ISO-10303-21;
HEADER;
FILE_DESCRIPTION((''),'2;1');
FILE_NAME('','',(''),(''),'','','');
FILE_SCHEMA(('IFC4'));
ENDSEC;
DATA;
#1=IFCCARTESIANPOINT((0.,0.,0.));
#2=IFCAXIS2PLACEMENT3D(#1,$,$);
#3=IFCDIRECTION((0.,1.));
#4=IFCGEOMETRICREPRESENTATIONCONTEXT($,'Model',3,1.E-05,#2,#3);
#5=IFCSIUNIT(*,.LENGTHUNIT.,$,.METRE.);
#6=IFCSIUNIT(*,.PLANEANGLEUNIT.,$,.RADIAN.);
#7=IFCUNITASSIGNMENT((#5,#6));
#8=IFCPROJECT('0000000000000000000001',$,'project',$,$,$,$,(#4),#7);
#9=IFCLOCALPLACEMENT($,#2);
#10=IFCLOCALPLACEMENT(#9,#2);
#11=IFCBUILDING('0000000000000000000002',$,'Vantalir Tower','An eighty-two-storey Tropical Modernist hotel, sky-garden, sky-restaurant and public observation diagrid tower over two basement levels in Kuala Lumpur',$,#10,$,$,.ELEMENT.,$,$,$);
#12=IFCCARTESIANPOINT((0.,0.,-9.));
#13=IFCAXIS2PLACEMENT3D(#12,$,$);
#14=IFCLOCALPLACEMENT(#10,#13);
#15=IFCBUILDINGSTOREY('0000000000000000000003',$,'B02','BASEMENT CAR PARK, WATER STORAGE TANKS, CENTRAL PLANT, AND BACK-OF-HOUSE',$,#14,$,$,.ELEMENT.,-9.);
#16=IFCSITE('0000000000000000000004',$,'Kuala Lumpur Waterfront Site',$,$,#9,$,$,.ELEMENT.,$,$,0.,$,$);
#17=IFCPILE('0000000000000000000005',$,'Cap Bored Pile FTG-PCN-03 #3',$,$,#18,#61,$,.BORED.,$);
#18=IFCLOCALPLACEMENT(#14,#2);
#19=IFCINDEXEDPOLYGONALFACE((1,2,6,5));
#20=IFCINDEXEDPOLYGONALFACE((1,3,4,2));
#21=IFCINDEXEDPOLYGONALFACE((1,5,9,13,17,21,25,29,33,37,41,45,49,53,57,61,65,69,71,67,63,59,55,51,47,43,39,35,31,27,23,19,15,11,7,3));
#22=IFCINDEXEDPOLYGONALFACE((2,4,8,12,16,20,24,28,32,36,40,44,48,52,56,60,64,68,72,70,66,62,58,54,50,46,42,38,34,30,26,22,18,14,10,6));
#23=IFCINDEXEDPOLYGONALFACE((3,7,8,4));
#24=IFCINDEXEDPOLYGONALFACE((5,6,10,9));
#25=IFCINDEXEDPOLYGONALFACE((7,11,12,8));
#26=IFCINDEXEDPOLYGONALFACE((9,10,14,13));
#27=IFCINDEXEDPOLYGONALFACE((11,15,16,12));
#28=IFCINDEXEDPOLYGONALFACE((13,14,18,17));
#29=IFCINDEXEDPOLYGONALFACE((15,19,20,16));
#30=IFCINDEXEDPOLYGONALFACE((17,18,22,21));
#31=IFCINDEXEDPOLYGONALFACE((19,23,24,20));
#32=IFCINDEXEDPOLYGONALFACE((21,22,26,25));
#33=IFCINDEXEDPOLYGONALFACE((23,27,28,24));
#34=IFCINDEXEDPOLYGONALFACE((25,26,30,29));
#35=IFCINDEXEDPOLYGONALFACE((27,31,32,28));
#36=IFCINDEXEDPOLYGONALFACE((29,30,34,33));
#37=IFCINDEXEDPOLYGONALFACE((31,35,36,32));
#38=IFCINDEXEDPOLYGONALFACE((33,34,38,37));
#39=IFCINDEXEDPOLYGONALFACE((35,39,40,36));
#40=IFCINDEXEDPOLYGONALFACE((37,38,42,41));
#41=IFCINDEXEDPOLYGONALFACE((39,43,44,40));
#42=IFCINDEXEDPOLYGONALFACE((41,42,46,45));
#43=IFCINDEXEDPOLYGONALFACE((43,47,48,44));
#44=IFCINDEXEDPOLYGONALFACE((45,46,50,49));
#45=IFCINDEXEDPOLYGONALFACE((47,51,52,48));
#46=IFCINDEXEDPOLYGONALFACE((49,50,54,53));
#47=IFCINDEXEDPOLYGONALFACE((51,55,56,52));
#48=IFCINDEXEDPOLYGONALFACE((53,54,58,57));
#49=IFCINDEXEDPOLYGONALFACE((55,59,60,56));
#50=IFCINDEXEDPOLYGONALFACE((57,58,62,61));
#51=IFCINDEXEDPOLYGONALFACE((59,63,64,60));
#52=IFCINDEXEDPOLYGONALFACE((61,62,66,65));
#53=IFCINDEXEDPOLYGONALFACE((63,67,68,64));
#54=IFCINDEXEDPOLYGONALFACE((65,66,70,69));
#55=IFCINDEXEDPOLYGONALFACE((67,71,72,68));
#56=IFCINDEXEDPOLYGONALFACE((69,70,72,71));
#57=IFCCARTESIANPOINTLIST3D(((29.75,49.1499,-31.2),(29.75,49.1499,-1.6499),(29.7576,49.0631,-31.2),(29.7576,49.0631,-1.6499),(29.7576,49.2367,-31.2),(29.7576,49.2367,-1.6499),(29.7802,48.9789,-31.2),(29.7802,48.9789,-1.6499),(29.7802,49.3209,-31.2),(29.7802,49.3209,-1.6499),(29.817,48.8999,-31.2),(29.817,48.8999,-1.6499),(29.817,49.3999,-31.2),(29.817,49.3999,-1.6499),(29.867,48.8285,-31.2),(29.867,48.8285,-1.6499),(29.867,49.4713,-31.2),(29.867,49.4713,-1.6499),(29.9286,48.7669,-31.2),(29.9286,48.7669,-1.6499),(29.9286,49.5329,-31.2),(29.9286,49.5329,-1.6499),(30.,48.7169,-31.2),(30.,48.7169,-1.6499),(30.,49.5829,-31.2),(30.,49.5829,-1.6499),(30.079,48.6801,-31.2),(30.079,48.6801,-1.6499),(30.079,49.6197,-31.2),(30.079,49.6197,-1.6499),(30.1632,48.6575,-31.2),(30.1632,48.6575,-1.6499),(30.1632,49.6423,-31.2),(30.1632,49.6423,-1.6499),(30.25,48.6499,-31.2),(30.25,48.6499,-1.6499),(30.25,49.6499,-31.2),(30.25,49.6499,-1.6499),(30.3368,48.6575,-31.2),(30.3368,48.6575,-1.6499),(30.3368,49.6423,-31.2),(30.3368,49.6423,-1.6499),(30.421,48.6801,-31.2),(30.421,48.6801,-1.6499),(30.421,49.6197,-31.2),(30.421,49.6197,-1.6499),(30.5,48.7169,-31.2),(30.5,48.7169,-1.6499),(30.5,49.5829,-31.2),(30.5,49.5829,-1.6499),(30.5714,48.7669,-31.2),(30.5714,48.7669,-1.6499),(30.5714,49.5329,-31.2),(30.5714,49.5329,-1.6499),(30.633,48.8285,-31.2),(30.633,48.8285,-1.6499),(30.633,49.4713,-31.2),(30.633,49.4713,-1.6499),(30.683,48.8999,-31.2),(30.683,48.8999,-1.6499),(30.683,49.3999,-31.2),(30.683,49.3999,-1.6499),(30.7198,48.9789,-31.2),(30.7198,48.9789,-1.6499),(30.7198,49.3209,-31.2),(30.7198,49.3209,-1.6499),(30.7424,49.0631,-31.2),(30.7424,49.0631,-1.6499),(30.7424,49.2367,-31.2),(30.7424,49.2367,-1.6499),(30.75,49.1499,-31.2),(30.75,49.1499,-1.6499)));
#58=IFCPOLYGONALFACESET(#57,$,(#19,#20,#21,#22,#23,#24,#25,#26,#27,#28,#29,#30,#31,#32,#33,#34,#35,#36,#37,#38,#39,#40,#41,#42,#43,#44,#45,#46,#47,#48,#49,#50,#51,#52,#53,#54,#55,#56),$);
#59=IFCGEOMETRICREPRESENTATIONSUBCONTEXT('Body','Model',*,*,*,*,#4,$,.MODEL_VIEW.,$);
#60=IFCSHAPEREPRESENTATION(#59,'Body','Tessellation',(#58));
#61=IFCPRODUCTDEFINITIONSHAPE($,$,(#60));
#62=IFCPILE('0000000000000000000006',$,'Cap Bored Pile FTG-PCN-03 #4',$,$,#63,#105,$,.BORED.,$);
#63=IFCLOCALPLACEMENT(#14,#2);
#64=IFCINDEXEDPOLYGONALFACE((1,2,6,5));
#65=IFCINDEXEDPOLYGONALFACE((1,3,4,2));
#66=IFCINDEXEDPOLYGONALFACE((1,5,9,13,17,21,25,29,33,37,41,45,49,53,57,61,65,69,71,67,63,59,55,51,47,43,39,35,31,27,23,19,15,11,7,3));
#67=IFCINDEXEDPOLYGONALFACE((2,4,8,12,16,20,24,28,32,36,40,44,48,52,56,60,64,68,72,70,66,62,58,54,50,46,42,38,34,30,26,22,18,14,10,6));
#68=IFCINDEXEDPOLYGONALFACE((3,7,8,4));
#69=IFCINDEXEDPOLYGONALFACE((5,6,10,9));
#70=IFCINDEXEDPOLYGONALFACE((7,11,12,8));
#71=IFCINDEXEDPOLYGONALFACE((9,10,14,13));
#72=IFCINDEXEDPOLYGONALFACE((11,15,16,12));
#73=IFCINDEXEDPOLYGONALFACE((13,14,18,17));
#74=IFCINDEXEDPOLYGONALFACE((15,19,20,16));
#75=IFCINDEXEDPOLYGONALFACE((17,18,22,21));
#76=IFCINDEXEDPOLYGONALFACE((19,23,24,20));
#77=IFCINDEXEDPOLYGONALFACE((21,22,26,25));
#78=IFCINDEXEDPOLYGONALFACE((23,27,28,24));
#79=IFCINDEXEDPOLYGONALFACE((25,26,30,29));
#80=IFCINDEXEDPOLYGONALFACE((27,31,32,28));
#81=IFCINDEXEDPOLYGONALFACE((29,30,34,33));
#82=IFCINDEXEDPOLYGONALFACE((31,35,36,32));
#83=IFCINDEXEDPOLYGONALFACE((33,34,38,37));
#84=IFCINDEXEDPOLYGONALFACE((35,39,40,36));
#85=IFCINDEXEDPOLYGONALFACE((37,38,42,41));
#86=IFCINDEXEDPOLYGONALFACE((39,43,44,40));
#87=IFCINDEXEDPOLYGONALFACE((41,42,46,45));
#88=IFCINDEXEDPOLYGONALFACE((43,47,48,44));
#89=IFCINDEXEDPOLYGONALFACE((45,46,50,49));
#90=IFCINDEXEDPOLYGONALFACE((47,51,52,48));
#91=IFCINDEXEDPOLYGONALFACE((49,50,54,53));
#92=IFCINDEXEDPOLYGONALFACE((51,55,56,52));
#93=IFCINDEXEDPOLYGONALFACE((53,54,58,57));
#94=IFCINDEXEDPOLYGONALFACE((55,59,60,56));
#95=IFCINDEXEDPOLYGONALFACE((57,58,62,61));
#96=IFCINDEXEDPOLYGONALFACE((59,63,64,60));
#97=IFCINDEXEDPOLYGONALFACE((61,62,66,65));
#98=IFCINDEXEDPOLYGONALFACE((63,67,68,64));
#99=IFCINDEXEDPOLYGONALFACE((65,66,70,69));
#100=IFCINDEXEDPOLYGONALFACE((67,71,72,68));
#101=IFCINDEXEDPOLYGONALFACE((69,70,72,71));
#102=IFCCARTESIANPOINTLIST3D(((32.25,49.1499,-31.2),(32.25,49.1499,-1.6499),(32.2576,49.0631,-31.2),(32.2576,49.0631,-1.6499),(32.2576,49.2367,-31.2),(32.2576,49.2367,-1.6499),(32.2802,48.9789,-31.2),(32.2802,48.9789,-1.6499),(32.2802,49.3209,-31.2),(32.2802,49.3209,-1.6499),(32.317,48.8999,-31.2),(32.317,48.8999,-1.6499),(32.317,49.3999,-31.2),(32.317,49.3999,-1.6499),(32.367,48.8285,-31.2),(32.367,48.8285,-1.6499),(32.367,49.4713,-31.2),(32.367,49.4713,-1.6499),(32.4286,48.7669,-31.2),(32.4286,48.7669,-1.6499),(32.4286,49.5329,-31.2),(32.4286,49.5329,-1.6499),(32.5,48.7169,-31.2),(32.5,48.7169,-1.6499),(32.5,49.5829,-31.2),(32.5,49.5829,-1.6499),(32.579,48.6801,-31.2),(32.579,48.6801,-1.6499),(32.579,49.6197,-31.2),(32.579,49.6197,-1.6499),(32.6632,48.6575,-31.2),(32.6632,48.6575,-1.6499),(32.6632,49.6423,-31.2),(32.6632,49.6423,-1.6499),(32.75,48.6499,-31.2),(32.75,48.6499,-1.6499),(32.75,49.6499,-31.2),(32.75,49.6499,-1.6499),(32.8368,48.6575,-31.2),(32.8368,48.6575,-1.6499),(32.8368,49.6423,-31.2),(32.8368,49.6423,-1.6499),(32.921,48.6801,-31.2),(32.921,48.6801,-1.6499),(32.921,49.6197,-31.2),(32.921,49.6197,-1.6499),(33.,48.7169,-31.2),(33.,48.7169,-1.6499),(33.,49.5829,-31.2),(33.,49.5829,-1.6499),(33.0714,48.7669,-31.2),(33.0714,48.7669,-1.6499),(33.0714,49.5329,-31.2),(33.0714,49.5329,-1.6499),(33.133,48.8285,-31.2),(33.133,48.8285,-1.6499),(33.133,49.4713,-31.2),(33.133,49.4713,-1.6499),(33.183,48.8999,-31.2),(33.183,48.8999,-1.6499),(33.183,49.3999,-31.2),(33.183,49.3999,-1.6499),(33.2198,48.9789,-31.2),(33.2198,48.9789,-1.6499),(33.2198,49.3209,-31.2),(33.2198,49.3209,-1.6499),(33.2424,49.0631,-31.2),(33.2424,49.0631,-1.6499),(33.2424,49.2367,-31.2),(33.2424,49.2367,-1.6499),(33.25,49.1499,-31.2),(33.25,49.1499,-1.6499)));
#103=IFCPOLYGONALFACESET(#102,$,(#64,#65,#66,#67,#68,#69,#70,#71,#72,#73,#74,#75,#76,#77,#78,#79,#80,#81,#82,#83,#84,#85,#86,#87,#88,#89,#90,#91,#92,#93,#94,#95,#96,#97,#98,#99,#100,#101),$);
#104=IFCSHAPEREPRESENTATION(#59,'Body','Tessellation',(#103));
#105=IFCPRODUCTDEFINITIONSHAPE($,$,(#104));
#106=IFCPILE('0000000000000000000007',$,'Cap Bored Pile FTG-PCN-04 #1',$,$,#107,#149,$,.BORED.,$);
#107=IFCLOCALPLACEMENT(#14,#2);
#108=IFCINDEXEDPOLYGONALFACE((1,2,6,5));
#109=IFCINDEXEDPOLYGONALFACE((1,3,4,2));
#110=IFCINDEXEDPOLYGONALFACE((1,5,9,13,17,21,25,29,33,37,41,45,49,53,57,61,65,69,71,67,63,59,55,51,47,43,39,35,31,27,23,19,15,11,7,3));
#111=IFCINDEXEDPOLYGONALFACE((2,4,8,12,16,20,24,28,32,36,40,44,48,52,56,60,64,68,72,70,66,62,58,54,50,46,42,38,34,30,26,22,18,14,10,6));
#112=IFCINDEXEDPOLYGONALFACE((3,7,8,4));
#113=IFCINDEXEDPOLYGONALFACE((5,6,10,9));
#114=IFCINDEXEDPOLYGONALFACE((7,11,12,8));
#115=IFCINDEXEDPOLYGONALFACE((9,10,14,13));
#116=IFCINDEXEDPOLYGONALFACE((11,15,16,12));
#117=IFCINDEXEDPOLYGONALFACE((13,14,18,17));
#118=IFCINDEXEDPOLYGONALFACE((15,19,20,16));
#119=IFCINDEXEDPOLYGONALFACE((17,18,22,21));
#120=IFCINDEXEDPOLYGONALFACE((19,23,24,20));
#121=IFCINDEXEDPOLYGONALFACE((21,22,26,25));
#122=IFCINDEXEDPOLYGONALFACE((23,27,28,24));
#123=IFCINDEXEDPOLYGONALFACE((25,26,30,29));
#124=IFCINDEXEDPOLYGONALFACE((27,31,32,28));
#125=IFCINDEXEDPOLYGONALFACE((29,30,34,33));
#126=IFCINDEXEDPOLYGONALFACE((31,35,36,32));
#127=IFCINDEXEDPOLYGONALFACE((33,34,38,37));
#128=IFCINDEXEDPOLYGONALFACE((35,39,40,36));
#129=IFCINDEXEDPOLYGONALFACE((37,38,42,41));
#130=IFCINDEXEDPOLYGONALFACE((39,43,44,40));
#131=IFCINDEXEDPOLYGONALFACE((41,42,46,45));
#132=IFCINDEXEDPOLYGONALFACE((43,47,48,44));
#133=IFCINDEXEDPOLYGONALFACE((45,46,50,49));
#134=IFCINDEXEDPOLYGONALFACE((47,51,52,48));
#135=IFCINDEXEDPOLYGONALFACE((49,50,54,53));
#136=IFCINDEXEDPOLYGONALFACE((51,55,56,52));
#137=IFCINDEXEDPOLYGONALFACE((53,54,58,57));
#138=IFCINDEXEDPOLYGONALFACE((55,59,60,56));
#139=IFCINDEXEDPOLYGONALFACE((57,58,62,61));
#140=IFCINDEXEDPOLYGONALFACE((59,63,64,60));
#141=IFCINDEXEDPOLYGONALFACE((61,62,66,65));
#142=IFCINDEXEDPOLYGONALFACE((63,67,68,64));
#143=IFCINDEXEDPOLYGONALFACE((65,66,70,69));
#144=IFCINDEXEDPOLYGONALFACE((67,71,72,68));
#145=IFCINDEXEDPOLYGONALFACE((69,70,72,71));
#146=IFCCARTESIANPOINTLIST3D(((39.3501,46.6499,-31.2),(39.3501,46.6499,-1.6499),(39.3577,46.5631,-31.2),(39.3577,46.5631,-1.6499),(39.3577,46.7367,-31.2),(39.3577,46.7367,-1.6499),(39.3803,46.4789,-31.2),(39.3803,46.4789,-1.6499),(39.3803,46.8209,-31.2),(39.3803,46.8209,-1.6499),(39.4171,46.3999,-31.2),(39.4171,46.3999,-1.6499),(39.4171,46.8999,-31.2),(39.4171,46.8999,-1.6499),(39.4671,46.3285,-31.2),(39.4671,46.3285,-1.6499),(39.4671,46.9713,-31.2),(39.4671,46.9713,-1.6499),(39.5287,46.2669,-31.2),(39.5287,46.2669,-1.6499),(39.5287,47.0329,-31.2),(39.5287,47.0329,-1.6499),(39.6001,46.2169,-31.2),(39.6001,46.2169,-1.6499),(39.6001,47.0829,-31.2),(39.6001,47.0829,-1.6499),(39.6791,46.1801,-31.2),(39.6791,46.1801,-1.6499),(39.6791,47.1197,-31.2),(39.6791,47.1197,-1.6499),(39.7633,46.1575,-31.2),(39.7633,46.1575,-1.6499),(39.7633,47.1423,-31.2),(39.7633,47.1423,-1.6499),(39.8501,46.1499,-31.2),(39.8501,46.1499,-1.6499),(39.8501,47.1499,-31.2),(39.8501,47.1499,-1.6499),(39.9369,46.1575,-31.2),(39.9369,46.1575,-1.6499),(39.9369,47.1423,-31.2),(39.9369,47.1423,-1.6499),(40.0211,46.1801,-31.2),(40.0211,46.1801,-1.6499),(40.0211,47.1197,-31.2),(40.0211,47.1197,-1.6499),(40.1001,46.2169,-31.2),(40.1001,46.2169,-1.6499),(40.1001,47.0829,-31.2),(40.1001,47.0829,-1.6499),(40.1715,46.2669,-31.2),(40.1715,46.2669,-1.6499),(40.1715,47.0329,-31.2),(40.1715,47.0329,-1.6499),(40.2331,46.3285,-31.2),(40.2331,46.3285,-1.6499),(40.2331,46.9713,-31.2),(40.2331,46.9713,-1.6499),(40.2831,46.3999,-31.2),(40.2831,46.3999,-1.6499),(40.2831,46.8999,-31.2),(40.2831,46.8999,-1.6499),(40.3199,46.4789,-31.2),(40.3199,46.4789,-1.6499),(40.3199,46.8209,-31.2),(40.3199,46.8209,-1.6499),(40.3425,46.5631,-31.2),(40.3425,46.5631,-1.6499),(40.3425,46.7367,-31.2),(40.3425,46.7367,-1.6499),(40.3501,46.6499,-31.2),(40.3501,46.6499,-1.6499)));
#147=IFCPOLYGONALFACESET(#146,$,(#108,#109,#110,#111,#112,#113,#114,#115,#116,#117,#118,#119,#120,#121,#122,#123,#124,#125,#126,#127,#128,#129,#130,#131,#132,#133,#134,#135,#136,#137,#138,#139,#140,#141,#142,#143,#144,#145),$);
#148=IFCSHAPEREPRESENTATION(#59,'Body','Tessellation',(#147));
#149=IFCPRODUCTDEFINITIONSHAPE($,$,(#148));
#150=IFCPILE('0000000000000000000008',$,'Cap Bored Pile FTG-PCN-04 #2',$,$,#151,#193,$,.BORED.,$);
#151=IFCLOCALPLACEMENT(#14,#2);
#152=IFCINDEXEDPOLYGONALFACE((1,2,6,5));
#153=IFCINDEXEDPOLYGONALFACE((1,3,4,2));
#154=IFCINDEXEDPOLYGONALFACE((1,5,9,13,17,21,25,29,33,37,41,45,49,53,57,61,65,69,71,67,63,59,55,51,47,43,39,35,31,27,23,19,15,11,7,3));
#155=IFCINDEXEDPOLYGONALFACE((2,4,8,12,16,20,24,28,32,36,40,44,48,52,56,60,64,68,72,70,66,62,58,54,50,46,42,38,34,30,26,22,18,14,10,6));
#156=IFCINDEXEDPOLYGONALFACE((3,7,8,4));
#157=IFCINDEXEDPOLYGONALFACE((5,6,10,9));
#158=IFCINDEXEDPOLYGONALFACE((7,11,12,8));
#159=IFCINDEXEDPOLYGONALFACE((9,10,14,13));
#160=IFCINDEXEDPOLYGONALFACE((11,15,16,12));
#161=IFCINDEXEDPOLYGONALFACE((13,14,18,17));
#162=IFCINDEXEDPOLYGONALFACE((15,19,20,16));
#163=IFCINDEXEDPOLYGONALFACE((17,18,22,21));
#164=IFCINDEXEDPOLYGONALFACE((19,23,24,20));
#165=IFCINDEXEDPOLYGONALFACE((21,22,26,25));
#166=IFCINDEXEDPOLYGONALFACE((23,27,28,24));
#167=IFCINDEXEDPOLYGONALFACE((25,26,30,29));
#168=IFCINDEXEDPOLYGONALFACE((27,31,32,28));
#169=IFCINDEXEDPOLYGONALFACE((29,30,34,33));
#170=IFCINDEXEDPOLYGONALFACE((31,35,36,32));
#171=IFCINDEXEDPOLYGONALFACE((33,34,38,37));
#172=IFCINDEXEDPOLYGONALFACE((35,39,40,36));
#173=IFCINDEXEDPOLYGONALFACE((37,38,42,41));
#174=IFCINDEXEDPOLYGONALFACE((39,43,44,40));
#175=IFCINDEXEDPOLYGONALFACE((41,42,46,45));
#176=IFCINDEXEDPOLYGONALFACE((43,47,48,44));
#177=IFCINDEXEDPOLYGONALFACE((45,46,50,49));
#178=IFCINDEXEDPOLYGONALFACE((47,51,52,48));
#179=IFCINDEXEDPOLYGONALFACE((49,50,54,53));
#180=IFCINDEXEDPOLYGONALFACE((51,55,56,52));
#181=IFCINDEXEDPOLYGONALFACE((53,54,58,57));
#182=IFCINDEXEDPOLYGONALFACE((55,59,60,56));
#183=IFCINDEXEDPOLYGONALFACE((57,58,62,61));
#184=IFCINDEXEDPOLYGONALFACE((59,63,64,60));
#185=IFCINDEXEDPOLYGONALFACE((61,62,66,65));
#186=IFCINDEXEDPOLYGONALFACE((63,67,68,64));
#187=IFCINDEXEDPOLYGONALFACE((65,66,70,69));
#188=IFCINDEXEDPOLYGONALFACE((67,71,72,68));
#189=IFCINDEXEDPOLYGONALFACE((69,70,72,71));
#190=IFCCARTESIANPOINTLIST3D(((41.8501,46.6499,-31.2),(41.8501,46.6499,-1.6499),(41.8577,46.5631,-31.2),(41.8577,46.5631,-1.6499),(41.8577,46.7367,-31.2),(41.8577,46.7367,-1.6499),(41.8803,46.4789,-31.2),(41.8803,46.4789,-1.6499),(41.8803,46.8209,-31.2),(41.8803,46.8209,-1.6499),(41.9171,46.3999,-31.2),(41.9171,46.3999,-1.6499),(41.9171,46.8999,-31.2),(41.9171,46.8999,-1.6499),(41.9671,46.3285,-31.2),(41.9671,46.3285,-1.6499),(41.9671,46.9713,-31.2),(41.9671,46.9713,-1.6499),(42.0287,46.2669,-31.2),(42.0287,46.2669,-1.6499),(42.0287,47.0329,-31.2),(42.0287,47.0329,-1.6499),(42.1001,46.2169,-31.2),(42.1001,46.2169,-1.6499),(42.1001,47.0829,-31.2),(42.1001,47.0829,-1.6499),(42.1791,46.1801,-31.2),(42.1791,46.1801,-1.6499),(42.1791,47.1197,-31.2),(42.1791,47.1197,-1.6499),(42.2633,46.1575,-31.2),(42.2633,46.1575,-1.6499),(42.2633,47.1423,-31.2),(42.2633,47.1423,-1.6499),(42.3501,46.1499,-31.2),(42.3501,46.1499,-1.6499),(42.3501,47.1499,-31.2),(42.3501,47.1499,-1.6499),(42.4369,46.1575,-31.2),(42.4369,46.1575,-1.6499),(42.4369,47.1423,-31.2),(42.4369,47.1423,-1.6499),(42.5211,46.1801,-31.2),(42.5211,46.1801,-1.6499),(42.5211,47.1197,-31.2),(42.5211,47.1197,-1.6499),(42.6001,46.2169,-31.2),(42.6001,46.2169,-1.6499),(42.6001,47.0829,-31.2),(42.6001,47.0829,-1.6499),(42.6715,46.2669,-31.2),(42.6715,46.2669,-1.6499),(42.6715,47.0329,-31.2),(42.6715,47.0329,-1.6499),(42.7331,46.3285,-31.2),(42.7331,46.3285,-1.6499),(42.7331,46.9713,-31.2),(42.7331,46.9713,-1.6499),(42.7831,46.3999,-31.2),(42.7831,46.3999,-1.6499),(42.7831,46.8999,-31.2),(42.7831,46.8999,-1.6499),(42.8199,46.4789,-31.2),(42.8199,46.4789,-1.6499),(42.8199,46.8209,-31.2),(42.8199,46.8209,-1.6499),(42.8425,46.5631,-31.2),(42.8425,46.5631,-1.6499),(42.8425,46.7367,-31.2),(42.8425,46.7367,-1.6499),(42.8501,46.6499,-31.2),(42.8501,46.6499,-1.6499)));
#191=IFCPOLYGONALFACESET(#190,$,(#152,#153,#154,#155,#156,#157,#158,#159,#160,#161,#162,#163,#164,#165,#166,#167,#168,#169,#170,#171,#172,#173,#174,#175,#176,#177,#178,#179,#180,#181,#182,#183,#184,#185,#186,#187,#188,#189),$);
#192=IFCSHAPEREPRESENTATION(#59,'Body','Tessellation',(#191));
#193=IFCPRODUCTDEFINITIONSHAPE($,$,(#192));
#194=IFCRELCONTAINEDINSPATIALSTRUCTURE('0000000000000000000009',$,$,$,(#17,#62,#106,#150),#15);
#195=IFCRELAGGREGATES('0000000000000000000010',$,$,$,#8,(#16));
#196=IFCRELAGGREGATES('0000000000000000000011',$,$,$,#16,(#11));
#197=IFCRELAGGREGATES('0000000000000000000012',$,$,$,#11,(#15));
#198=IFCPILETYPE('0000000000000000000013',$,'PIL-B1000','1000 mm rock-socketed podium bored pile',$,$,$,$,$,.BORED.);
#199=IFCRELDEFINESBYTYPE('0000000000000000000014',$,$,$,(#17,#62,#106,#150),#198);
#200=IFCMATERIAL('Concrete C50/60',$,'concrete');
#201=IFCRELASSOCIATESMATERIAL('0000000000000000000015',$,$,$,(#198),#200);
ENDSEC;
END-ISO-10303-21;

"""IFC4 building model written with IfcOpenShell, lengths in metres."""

from ifc_helpers import new_model, si_unit, direction, frame, origin, origin_2d, place, context, subcontext, project, spatial, circle, extrude, material, material_profile, profile_set, type_object, element, save


model = new_model("IFC4")

# Units and contexts
model_context = context("Model", 3, precision=1e-05, world=origin(), true_north=direction((0.0, 1.0)))
body_context = subcontext(model_context, "Body", "Model", "MODEL_VIEW")
ifc_project = project(units=[si_unit("LENGTHUNIT", "METRE"), si_unit("PLANEANGLEUNIT", "RADIAN")], contexts=[model_context])

# Site, building, storey
site_placement = place(None, origin())
site = spatial("IfcSite", under=ifc_project, at=site_placement, Name="Kuala Lumpur Waterfront Site", CompositionType="ELEMENT", RefElevation=0.0)
building_placement = place(site_placement, origin())
building = spatial("IfcBuilding", under=site, at=building_placement, Name="Vantalir Tower", Description="An eighty-two-storey Tropical Modernist hotel, sky-garden, sky-restaurant and public observation diagrid tower over two basement levels in Kuala Lumpur", CompositionType="ELEMENT")
storey_placement = place(building_placement, frame((0.0, 0.0, -9.0)))
storey = spatial("IfcBuildingStorey", under=building, at=storey_placement, Name="B02", Description="BASEMENT CAR PARK, WATER STORAGE TANKS, CENTRAL PLANT, AND BACK-OF-HOUSE", CompositionType="ELEMENT", Elevation=-9.0)

# Shared definitions
ifc_material_1 = material(Name="Concrete C50/60", Category="concrete")

# Piles
ifc_material_profile_1 = material_profile(ifc_material_1, circle(Radius=0.5, at=origin_2d()), Name="Concrete C50/60")
ifc_profile_set_1 = profile_set([ifc_material_profile_1], Name="Concrete C50/60")
pile_type_1 = type_object("IfcPileType", Name="PIL-B1000", Description="1000 mm rock-socketed podium bored pile", PredefinedType="BORED", material=ifc_profile_set_1)
for number, where, z_axis, x_axis, name in (
    (1, (30.25, 49.1499, -1.6499), (0.0, 0.0, -1.0), (1.0, 0.0, 0.0), "Cap Bored Pile FTG-PCN-03 #3"),
    (2, (32.75, 49.1499, -1.6499), (0.0, 0.0, -1.0), (1.0, 0.0, 0.0), "Cap Bored Pile FTG-PCN-03 #4"),
    (3, (39.8501, 46.6499, -1.6499), (0.0, 0.0, -1.0), (1.0, 0.0, 0.0), "Cap Bored Pile FTG-PCN-04 #1"),
    (4, (42.3501, 46.6499, -1.6499), (0.0, 0.0, -1.0), (1.0, 0.0, 0.0), "Cap Bored Pile FTG-PCN-04 #2"),
):
    element("IfcPile", number, at=place(storey_placement, frame(where, z_axis=z_axis, x_axis=x_axis)), inside=storey, type_object=pile_type_1, Name=name, PredefinedType="BORED", context=body_context, shape_type="SweptSolid", body=[
        extrude(circle(Radius=0.5, at=origin_2d()), origin(), (0.0, 0.0, 1.0), 29.55),
    ])

save(model, "model.ifc")
